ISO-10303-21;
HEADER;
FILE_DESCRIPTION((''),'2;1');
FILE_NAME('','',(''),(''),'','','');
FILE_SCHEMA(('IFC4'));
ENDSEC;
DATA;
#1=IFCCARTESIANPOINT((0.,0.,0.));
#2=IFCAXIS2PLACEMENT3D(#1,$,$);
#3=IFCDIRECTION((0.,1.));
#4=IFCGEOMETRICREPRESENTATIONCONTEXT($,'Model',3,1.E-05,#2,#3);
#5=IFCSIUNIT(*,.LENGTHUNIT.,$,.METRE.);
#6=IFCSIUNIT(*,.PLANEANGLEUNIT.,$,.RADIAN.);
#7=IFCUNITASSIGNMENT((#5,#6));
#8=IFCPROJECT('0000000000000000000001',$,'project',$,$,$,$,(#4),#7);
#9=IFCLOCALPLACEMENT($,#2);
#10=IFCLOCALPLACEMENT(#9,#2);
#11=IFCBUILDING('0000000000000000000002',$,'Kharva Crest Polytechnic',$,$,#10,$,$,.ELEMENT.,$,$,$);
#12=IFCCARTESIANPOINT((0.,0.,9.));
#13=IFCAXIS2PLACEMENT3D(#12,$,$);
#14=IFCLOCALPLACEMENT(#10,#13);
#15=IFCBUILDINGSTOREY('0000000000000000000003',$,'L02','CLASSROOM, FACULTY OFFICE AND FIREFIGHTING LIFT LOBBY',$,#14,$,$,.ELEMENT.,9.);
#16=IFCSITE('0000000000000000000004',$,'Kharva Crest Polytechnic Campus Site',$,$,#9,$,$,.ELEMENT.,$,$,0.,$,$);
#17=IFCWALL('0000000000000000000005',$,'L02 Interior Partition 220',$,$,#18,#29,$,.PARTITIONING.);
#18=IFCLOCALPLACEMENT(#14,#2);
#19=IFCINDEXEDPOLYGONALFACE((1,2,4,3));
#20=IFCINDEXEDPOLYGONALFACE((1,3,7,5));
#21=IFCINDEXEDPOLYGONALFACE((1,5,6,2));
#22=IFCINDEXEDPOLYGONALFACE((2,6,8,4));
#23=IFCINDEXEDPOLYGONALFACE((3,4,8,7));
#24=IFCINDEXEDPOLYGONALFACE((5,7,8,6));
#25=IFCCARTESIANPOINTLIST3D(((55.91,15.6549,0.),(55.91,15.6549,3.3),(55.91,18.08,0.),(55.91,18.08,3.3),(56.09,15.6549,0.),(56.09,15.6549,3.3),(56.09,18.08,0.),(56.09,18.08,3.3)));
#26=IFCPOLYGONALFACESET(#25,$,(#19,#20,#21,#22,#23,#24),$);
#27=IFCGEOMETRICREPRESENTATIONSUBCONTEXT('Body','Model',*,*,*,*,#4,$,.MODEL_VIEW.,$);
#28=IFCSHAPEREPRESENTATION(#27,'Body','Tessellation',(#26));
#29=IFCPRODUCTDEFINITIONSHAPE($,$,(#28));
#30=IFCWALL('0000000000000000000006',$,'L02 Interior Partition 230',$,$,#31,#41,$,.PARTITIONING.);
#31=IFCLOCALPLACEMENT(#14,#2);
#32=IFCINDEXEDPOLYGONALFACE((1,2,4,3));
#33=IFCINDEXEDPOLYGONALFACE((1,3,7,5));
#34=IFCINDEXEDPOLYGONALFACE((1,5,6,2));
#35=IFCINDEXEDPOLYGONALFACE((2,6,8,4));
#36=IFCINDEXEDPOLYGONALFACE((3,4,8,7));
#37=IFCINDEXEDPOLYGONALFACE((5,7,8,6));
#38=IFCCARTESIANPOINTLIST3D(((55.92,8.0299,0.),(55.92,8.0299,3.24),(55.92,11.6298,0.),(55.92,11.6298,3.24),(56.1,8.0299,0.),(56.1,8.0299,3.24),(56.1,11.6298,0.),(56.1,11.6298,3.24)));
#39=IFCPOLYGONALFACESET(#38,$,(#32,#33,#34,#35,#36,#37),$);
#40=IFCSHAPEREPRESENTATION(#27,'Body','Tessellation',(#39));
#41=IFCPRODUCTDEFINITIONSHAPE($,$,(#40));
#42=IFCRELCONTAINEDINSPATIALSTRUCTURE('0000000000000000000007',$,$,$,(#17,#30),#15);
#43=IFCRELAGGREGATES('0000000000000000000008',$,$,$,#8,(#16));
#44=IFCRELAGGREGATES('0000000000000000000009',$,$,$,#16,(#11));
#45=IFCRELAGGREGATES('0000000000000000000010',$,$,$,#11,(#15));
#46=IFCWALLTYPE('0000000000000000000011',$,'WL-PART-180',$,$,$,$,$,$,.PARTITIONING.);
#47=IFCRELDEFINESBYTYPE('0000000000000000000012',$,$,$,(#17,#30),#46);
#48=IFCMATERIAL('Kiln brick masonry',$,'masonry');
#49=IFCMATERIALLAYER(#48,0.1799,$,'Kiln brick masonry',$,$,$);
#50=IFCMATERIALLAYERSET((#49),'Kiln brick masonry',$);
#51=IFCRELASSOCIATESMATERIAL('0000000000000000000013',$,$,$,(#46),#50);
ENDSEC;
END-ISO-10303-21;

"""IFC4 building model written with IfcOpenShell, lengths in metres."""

from ifc_helpers import new_model, si_unit, direction, frame, frame_2d, origin, place, context, subcontext, project, spatial, rectangle, extrude, material, layer, layer_set, type_object, element, save


model = new_model("IFC4")

# Units and contexts
model_context = context("Model", 3, precision=1e-05, world=origin(), true_north=direction((0.0, 1.0)))
body_context = subcontext(model_context, "Body", "Model", "MODEL_VIEW")
ifc_project = project(units=[si_unit("LENGTHUNIT", "METRE"), si_unit("PLANEANGLEUNIT", "RADIAN")], contexts=[model_context])

# Site, building, storey
site_placement = place(None, origin())
site = spatial("IfcSite", under=ifc_project, at=site_placement, Name="Kharva Crest Polytechnic Campus Site", CompositionType="ELEMENT", RefElevation=0.0)
building_placement = place(site_placement, origin())
building = spatial("IfcBuilding", under=site, at=building_placement, Name="Kharva Crest Polytechnic", CompositionType="ELEMENT")
storey_placement = place(building_placement, frame((0.0, 0.0, 9.0)))
storey = spatial("IfcBuildingStorey", under=building, at=storey_placement, Name="L02", Description="CLASSROOM, FACULTY OFFICE AND FIREFIGHTING LIFT LOBBY", CompositionType="ELEMENT", Elevation=9.0)

# Shared definitions
ifc_material_1 = material(Name="Kiln brick masonry", Category="masonry")

# Walls
ifc_layer_1 = layer(ifc_material_1, 0.1799, Name="Kiln brick masonry")
ifc_layer_set_1 = layer_set([ifc_layer_1], Name="Kiln brick masonry")
wall_type_1 = type_object("IfcWallType", Name="WL-PART-180", PredefinedType="PARTITIONING", material=ifc_layer_set_1)
wall_1_placement = place(storey_placement, frame((56.0, 15.655, 0.0), z_axis=(0.0, 0.0, 1.0), x_axis=(0.0, 1.0, 0.0)))
element("IfcWall", 1, at=wall_1_placement, inside=storey, type_object=wall_type_1, Name="L02 Interior Partition 220", PredefinedType="PARTITIONING", context=body_context, shape_type="SweptSolid", body=[
    extrude(rectangle(XDim=2.425, YDim=0.1799, at=frame_2d((1.2124, 0.0))), origin(), (0.0, 0.0, 1.0), 3.3),
])
wall_2_placement = place(storey_placement, frame((56.01, 8.03, 0.0), z_axis=(0.0, 0.0, 1.0), x_axis=(0.0, 1.0, 0.0)))
element("IfcWall", 2, at=wall_2_placement, inside=storey, type_object=wall_type_1, Name="L02 Interior Partition 230", PredefinedType="PARTITIONING", context=body_context, shape_type="SweptSolid", body=[
    extrude(rectangle(XDim=3.5999, YDim=0.1799, at=frame_2d((1.7998, 0.0))), origin(), (0.0, 0.0, 1.0), 3.24),
])

save(model, "model.ifc")
